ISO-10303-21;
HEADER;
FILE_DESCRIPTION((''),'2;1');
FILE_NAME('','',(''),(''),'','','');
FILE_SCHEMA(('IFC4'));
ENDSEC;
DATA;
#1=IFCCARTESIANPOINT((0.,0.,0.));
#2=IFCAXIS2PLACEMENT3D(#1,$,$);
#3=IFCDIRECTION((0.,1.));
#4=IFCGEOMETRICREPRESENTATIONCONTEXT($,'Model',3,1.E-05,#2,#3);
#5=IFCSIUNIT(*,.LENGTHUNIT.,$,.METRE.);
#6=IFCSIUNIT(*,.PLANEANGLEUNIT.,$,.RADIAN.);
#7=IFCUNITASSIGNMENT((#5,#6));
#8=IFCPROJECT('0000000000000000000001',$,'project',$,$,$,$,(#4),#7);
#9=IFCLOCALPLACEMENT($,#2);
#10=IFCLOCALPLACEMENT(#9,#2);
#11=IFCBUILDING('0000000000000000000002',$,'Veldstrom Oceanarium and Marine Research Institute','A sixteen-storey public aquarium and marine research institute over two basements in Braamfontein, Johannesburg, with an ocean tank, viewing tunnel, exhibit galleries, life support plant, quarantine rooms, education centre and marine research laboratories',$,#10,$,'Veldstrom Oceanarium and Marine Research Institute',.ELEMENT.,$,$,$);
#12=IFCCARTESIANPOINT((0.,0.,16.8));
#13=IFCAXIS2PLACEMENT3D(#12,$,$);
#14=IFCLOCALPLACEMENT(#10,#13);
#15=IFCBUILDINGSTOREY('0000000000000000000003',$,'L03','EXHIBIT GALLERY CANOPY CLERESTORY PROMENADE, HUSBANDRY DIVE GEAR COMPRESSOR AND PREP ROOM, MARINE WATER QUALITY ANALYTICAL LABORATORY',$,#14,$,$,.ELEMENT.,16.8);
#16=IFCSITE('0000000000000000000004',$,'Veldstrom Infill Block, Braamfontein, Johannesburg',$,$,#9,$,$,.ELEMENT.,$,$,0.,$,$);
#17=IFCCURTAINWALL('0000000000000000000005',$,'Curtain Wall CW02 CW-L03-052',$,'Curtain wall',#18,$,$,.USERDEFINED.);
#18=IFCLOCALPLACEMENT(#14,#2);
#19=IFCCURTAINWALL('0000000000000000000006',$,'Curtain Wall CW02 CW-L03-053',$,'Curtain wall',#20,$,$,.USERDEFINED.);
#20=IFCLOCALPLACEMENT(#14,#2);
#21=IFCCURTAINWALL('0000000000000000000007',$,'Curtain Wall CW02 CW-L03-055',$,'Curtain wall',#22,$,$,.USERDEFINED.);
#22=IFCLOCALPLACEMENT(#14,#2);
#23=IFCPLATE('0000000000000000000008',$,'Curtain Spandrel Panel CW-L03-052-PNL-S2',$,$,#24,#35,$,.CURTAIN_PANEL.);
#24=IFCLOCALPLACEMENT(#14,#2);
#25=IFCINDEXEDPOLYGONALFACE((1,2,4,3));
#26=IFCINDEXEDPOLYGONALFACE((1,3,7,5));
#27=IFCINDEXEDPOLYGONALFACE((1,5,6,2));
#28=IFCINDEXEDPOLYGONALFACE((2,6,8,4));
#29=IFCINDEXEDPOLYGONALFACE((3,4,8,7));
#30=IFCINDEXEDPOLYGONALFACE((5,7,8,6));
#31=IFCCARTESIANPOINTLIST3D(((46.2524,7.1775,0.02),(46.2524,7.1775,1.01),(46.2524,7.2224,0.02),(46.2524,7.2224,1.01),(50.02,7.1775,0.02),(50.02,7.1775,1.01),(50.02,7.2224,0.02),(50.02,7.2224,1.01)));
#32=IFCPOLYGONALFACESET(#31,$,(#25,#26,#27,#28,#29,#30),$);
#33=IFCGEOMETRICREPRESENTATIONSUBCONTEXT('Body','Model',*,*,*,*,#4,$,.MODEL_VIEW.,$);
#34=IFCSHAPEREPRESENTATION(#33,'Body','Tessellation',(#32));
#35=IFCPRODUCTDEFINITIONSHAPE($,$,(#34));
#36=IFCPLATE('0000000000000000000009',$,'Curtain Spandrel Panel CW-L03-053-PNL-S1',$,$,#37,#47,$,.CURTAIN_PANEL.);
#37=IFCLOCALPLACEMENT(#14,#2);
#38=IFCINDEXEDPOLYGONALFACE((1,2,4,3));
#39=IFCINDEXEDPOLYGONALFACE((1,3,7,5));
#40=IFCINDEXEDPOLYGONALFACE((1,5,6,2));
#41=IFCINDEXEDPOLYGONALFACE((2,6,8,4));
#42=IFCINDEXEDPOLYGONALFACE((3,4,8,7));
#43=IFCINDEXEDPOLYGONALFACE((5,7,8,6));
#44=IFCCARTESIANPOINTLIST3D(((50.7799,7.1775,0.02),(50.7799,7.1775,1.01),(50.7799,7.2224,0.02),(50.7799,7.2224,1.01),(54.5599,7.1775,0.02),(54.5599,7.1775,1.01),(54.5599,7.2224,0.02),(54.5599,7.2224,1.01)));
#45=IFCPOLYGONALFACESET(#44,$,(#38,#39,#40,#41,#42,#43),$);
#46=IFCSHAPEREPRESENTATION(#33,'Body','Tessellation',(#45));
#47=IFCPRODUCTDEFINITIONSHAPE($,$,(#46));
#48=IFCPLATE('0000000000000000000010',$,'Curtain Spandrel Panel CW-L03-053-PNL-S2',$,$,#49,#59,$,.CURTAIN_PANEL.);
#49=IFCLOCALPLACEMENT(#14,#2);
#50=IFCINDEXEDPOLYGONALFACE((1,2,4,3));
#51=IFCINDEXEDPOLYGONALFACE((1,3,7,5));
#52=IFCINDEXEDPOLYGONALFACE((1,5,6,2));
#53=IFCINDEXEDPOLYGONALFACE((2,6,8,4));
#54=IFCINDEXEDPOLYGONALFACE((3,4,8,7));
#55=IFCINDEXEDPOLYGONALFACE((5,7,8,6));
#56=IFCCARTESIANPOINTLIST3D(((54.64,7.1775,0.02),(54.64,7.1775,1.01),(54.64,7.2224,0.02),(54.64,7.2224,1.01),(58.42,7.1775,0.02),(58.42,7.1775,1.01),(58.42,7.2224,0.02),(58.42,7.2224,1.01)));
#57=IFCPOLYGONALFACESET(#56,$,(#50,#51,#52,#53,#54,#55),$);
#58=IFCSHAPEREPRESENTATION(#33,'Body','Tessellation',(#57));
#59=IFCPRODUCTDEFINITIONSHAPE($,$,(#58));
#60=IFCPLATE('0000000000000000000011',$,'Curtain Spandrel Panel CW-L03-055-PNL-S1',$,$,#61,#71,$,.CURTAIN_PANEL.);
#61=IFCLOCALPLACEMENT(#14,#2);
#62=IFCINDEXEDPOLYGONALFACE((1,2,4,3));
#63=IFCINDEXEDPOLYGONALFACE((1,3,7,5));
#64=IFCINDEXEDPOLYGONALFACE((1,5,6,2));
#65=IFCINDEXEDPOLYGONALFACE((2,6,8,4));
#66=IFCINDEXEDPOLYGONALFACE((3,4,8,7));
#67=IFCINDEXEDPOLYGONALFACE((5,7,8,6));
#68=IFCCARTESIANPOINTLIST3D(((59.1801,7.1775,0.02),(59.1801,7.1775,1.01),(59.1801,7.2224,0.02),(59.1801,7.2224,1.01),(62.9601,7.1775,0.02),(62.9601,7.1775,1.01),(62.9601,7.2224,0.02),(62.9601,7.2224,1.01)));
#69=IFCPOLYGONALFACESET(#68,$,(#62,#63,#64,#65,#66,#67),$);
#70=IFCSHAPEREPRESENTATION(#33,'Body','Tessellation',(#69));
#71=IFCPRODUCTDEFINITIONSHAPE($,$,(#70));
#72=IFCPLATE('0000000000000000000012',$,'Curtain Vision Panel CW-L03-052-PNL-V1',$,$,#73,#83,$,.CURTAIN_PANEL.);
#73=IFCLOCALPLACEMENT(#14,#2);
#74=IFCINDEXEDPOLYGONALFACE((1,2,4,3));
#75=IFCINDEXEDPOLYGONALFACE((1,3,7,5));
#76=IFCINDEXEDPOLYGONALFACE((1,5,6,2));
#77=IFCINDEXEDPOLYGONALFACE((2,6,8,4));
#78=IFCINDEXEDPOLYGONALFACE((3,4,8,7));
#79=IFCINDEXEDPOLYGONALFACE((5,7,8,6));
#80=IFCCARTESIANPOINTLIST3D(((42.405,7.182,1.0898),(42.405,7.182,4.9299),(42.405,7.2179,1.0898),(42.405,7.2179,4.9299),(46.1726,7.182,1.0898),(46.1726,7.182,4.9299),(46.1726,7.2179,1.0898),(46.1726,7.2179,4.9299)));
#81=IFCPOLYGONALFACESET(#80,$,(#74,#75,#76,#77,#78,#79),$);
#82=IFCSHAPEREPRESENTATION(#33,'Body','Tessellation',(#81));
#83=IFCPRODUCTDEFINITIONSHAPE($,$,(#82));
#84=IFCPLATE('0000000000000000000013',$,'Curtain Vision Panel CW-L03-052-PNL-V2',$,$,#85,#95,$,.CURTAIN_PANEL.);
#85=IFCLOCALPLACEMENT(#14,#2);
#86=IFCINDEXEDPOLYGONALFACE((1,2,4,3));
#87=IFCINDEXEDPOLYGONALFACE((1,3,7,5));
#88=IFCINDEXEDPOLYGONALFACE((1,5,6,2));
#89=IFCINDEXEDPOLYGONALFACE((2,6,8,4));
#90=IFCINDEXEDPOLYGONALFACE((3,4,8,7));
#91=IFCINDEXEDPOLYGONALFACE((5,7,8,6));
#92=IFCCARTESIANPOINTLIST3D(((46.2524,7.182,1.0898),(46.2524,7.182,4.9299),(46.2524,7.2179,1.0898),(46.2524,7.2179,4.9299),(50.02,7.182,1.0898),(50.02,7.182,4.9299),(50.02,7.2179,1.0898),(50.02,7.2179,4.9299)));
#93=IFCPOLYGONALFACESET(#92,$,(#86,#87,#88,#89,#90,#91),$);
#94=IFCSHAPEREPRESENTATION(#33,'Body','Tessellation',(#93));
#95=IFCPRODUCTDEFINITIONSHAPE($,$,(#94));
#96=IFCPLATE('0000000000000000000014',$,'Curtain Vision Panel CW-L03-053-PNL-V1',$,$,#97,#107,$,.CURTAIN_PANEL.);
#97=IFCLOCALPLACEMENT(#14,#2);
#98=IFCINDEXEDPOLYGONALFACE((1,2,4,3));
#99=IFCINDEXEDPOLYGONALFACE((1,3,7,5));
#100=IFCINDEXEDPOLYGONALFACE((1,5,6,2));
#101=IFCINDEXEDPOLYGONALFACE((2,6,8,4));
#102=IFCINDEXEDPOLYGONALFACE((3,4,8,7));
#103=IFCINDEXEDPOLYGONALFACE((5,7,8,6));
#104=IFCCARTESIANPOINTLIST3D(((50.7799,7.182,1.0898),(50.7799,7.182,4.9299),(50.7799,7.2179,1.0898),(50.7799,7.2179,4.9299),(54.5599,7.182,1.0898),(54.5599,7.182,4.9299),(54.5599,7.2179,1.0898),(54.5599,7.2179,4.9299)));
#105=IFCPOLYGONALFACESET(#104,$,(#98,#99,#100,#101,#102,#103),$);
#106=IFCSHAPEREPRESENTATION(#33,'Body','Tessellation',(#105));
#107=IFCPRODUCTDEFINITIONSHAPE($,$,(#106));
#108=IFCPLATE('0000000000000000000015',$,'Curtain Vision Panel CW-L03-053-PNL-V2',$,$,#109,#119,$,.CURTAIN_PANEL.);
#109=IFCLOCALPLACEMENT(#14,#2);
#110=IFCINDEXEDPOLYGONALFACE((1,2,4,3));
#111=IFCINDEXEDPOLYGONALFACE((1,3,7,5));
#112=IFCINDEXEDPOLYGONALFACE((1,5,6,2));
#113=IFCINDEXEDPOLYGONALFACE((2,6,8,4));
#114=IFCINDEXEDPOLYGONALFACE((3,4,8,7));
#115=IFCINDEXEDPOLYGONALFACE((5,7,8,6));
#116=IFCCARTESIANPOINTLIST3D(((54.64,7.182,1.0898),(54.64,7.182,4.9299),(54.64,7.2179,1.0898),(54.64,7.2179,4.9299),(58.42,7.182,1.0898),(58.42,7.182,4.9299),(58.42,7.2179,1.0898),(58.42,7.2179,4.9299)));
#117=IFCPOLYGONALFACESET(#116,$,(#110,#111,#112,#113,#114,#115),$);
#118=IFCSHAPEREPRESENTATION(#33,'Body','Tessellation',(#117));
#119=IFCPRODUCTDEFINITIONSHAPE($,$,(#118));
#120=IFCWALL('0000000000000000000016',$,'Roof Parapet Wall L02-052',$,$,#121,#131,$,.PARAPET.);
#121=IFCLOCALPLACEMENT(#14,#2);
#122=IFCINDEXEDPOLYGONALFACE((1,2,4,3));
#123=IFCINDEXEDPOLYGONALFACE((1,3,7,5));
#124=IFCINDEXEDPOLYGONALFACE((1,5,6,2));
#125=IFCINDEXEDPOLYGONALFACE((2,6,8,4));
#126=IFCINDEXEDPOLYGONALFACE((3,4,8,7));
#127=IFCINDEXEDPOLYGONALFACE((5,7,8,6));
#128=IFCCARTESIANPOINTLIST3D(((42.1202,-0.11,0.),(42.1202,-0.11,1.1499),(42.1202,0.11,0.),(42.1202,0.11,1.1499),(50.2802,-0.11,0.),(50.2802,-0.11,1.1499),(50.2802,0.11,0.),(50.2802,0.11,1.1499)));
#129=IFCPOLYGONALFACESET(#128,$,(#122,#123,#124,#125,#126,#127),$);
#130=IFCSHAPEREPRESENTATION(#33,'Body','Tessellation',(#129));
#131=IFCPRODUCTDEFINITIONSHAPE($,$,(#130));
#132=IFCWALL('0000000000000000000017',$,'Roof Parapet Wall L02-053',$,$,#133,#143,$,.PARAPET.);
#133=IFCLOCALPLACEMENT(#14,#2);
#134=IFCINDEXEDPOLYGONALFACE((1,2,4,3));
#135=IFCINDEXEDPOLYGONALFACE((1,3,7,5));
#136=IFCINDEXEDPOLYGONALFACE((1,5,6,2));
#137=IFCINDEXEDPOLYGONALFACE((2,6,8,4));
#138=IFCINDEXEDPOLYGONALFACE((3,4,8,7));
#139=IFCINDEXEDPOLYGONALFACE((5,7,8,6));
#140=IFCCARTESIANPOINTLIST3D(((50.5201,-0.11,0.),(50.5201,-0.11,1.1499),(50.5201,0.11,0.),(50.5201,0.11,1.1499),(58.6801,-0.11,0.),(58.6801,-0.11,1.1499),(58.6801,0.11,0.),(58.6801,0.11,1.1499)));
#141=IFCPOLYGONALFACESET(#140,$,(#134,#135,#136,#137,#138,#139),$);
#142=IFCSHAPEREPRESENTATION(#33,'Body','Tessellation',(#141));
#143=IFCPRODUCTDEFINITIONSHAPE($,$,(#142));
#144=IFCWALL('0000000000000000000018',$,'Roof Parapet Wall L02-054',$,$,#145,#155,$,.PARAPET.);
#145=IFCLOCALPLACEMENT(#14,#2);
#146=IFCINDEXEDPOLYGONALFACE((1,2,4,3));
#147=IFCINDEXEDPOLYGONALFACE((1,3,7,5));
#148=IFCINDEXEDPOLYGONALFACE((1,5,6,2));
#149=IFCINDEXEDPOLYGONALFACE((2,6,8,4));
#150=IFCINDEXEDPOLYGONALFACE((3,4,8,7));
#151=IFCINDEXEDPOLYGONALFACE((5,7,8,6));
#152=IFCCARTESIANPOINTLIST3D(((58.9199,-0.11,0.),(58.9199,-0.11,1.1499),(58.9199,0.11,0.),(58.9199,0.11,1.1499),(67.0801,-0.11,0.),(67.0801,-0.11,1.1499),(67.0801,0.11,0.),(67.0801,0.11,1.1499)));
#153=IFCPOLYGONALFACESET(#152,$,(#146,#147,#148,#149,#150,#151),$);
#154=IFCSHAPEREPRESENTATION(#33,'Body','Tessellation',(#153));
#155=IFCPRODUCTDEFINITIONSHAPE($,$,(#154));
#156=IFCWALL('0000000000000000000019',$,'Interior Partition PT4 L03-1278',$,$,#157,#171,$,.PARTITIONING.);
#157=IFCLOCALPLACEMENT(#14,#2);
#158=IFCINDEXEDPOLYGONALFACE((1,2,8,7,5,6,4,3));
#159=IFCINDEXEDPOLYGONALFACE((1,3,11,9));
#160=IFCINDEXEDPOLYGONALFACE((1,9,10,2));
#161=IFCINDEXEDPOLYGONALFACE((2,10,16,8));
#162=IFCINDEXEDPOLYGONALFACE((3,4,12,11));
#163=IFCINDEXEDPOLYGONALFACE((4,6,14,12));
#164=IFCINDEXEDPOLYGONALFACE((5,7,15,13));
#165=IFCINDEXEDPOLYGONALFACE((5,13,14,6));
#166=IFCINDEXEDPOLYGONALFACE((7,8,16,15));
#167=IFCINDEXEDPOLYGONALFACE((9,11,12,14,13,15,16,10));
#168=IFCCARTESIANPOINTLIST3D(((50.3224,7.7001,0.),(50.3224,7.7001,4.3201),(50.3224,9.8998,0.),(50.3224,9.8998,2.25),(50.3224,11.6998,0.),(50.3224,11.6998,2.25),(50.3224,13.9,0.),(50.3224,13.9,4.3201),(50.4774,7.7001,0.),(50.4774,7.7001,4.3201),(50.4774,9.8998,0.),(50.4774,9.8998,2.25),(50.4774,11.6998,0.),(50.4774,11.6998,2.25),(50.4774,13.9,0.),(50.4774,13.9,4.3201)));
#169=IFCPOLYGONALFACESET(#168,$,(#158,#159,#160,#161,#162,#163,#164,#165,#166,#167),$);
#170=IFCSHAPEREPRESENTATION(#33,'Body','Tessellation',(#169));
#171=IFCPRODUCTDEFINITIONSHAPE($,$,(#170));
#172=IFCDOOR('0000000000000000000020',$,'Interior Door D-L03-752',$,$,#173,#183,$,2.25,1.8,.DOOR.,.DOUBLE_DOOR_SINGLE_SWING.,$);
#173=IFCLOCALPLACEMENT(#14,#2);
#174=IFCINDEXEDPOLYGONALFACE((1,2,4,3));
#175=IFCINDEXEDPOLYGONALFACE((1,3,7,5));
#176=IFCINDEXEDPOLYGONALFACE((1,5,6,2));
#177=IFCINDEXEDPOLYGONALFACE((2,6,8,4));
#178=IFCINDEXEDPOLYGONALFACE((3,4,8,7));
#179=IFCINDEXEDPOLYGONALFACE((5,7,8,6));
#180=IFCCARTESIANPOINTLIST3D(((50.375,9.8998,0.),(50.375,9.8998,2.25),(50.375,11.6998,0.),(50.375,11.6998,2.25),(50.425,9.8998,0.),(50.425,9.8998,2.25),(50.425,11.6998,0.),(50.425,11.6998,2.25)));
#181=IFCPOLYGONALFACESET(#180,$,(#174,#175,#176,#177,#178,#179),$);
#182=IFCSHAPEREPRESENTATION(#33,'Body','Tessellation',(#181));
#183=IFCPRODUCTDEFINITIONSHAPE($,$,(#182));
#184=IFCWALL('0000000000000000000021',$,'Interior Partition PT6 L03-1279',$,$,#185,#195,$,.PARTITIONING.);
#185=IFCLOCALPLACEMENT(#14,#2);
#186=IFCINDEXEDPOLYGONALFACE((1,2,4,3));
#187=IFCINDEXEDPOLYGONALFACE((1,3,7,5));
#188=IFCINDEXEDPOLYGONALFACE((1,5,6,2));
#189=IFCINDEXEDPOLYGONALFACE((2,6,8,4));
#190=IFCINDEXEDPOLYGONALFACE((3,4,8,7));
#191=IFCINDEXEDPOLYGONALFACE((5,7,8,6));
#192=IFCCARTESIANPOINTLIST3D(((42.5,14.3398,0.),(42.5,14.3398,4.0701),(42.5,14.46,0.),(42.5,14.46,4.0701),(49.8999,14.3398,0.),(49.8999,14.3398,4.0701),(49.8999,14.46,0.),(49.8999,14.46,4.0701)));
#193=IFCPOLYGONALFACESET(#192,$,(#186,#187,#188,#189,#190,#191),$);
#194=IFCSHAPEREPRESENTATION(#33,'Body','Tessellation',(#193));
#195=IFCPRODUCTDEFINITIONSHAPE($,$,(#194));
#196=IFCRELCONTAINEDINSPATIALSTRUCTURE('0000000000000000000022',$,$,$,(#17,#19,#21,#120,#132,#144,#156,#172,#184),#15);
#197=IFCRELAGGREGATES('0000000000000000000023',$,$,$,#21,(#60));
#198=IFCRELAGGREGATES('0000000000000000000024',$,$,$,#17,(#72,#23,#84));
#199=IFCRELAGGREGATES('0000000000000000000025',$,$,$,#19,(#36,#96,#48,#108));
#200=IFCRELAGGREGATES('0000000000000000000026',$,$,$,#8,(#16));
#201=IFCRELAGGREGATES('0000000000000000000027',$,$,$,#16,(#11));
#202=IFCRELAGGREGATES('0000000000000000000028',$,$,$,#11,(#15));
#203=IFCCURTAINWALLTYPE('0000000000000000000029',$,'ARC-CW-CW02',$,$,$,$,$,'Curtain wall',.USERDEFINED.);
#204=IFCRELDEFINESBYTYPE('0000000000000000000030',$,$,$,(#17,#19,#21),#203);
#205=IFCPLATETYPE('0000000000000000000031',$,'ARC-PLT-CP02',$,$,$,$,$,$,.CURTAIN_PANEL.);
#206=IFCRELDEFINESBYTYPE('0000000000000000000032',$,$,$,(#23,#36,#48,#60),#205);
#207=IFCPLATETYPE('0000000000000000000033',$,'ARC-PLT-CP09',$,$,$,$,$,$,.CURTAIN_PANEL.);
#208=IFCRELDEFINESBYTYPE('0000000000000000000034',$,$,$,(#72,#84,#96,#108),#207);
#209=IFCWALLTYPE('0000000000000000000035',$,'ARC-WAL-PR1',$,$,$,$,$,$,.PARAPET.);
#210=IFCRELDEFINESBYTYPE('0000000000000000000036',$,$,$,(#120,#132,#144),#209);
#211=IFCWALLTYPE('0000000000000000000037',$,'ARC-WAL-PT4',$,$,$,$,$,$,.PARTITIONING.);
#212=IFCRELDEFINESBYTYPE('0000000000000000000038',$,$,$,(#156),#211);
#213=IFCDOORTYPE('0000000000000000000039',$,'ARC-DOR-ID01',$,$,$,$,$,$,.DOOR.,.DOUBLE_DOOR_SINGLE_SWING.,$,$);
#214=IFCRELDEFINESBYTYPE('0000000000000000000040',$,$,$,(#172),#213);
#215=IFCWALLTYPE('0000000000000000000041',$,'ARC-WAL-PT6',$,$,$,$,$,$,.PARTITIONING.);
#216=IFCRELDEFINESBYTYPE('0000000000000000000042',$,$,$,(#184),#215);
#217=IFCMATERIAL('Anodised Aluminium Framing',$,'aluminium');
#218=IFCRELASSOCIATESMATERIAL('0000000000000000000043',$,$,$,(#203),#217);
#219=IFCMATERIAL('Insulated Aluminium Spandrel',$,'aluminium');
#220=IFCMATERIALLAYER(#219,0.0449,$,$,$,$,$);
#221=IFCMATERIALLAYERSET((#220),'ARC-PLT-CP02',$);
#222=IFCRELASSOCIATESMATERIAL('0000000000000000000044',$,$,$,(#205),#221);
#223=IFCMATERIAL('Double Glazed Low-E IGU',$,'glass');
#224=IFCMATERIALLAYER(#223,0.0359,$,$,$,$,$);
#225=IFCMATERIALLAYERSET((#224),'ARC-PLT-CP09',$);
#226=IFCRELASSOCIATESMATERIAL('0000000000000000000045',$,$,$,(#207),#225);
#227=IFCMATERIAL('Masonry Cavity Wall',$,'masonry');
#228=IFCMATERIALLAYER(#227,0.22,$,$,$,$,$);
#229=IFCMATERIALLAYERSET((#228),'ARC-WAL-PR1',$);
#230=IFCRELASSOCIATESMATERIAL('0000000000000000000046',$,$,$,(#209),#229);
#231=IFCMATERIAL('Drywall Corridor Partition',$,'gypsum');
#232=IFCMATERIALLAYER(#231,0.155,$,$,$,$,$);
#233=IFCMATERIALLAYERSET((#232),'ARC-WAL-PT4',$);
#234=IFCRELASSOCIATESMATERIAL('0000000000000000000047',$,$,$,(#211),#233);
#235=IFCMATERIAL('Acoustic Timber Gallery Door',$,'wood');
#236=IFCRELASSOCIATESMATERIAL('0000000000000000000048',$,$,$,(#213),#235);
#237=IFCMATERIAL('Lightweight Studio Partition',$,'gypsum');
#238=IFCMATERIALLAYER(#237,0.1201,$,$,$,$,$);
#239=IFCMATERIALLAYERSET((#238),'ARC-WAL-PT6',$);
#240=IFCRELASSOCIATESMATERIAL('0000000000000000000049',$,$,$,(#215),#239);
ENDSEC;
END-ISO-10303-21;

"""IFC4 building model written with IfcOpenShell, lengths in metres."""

from ifc_helpers import new_model, si_unit, direction, frame, frame_2d, origin, origin_2d, place, context, subcontext, project, spatial, rectangle, extrude, material, layer, layer_set, type_object, element, fill, aggregate, save


model = new_model("IFC4")

# Units and contexts
model_context = context("Model", 3, precision=1e-05, world=origin(), true_north=direction((0.0, 1.0)))
body_context = subcontext(model_context, "Body", "Model", "MODEL_VIEW")
ifc_project = project(units=[si_unit("LENGTHUNIT", "METRE"), si_unit("PLANEANGLEUNIT", "RADIAN")], contexts=[model_context])

# Site, building, storey
site_placement = place(None, origin())
site = spatial("IfcSite", under=ifc_project, at=site_placement, Name="Veldstrom Infill Block, Braamfontein, Johannesburg", CompositionType="ELEMENT", RefElevation=0.0)
building_placement = place(site_placement, origin())
building = spatial("IfcBuilding", under=site, at=building_placement, Name="Veldstrom Oceanarium and Marine Research Institute", Description="A sixteen-storey public aquarium and marine research institute over two basements in Braamfontein, Johannesburg, with an ocean tank, viewing tunnel, exhibit galleries, life support plant, quarantine rooms, education centre and marine research laboratories", LongName="Veldstrom Oceanarium and Marine Research Institute", CompositionType="ELEMENT")
storey_placement = place(building_placement, frame((0.0, 0.0, 16.8)))
storey = spatial("IfcBuildingStorey", under=building, at=storey_placement, Name="L03", Description="EXHIBIT GALLERY CANOPY CLERESTORY PROMENADE, HUSBANDRY DIVE GEAR COMPRESSOR AND PREP ROOM, MARINE WATER QUALITY ANALYTICAL LABORATORY", CompositionType="ELEMENT", Elevation=16.8)

# Curtain walls
ifc_material_1 = material(Name="Anodised Aluminium Framing", Category="aluminium")
curtain_wall_type = type_object("IfcCurtainWallType", Name="ARC-CW-CW02", ElementType="Curtain wall", PredefinedType="USERDEFINED", material=ifc_material_1)
curtain_wall_1_placement = place(storey_placement, origin())
curtain_wall_1 = element("IfcCurtainWall", 1, at=curtain_wall_1_placement, inside=storey, type_object=curtain_wall_type, Name="Curtain Wall CW02 CW-L03-052", ObjectType="Curtain wall", PredefinedType="USERDEFINED")
curtain_wall_2_placement = place(storey_placement, origin())
curtain_wall_2 = element("IfcCurtainWall", 2, at=curtain_wall_2_placement, inside=storey, type_object=curtain_wall_type, Name="Curtain Wall CW02 CW-L03-053", ObjectType="Curtain wall", PredefinedType="USERDEFINED")

# Curtain wall
curtain_wall_3_placement = place(storey_placement, origin())
curtain_wall_3 = element("IfcCurtainWall", 3, at=curtain_wall_3_placement, inside=storey, type_object=curtain_wall_type, Name="Curtain Wall CW02 CW-L03-055", ObjectType="Curtain wall", PredefinedType="USERDEFINED")

# Plates
ifc_material_2 = material(Name="Insulated Aluminium Spandrel", Category="aluminium")
ifc_layer_1 = layer(ifc_material_2, 0.0449)
ifc_layer_set_1 = layer_set([ifc_layer_1], Name="ARC-PLT-CP02")
plate_type_1 = type_object("IfcPlateType", Name="ARC-PLT-CP02", PredefinedType="CURTAIN_PANEL", material=ifc_layer_set_1)
plate_1_placement = place(storey_placement, frame((48.1362, 7.2, 0.02), z_axis=(0.0, 0.0, 1.0), x_axis=(1.0, 0.0, 0.0)))
plate_1 = element("IfcPlate", 4, at=plate_1_placement, type_object=plate_type_1, Name="Curtain Spandrel Panel CW-L03-052-PNL-S2", PredefinedType="CURTAIN_PANEL", context=body_context, shape_type="SweptSolid", body=[
    extrude(rectangle(XDim=3.7676, YDim=0.0449, at=origin_2d()), origin(), (0.0, 0.0, 1.0), 0.99),
])
plate_2_placement = place(storey_placement, frame((52.6699, 7.2, 0.02), z_axis=(0.0, 0.0, 1.0), x_axis=(1.0, 0.0, 0.0)))
plate_2 = element("IfcPlate", 5, at=plate_2_placement, type_object=plate_type_1, Name="Curtain Spandrel Panel CW-L03-053-PNL-S1", PredefinedType="CURTAIN_PANEL", context=body_context, shape_type="SweptSolid", body=[
    extrude(rectangle(XDim=3.78, YDim=0.0449, at=origin_2d()), origin(), (0.0, 0.0, 1.0), 0.99),
])
plate_3_placement = place(storey_placement, frame((56.53, 7.2, 0.02), z_axis=(0.0, 0.0, 1.0), x_axis=(1.0, 0.0, 0.0)))
plate_3 = element("IfcPlate", 6, at=plate_3_placement, type_object=plate_type_1, Name="Curtain Spandrel Panel CW-L03-053-PNL-S2", PredefinedType="CURTAIN_PANEL", context=body_context, shape_type="SweptSolid", body=[
    extrude(rectangle(XDim=3.78, YDim=0.0449, at=origin_2d()), origin(), (0.0, 0.0, 1.0), 0.99),
])
plate_4_placement = place(storey_placement, frame((61.0701, 7.2, 0.02), z_axis=(0.0, 0.0, 1.0), x_axis=(1.0, 0.0, 0.0)))
plate_4 = element("IfcPlate", 7, at=plate_4_placement, type_object=plate_type_1, Name="Curtain Spandrel Panel CW-L03-055-PNL-S1", PredefinedType="CURTAIN_PANEL", context=body_context, shape_type="SweptSolid", body=[
    extrude(rectangle(XDim=3.78, YDim=0.0449, at=origin_2d()), origin(), (0.0, 0.0, 1.0), 0.99),
])
aggregate(curtain_wall_3, [plate_4])
ifc_material_3 = material(Name="Double Glazed Low-E IGU", Category="glass")
ifc_layer_2 = layer(ifc_material_3, 0.0359)
ifc_layer_set_2 = layer_set([ifc_layer_2], Name="ARC-PLT-CP09")
plate_type_2 = type_object("IfcPlateType", Name="ARC-PLT-CP09", PredefinedType="CURTAIN_PANEL", material=ifc_layer_set_2)
plate_5_placement = place(storey_placement, frame((44.2888, 7.2, 1.0898), z_axis=(0.0, 0.0, 1.0), x_axis=(1.0, 0.0, 0.0)))
plate_5 = element("IfcPlate", 8, at=plate_5_placement, type_object=plate_type_2, Name="Curtain Vision Panel CW-L03-052-PNL-V1", PredefinedType="CURTAIN_PANEL", context=body_context, shape_type="SweptSolid", body=[
    extrude(rectangle(XDim=3.7676, YDim=0.0359, at=origin_2d()), origin(), (0.0, 0.0, 1.0), 3.8401),
])
plate_6_placement = place(storey_placement, frame((48.1362, 7.2, 1.0898), z_axis=(0.0, 0.0, 1.0), x_axis=(1.0, 0.0, 0.0)))
plate_6 = element("IfcPlate", 9, at=plate_6_placement, type_object=plate_type_2, Name="Curtain Vision Panel CW-L03-052-PNL-V2", PredefinedType="CURTAIN_PANEL", context=body_context, shape_type="SweptSolid", body=[
    extrude(rectangle(XDim=3.7676, YDim=0.0359, at=origin_2d()), origin(), (0.0, 0.0, 1.0), 3.8401),
])
aggregate(curtain_wall_1, [plate_5, plate_1, plate_6])
plate_7_placement = place(storey_placement, frame((52.6699, 7.2, 1.0898), z_axis=(0.0, 0.0, 1.0), x_axis=(1.0, 0.0, 0.0)))
plate_7 = element("IfcPlate", 10, at=plate_7_placement, type_object=plate_type_2, Name="Curtain Vision Panel CW-L03-053-PNL-V1", PredefinedType="CURTAIN_PANEL", context=body_context, shape_type="SweptSolid", body=[
    extrude(rectangle(XDim=3.78, YDim=0.0359, at=origin_2d()), origin(), (0.0, 0.0, 1.0), 3.8401),
])
plate_8_placement = place(storey_placement, frame((56.53, 7.2, 1.0898), z_axis=(0.0, 0.0, 1.0), x_axis=(1.0, 0.0, 0.0)))
plate_8 = element("IfcPlate", 11, at=plate_8_placement, type_object=plate_type_2, Name="Curtain Vision Panel CW-L03-053-PNL-V2", PredefinedType="CURTAIN_PANEL", context=body_context, shape_type="SweptSolid", body=[
    extrude(rectangle(XDim=3.78, YDim=0.0359, at=origin_2d()), origin(), (0.0, 0.0, 1.0), 3.8401),
])
aggregate(curtain_wall_2, [plate_2, plate_7, plate_3, plate_8])

# Walls
ifc_material_4 = material(Name="Masonry Cavity Wall", Category="masonry")
ifc_layer_3 = layer(ifc_material_4, 0.22)
ifc_layer_set_3 = layer_set([ifc_layer_3], Name="ARC-WAL-PR1")
wall_type_1 = type_object("IfcWallType", Name="ARC-WAL-PR1", PredefinedType="PARAPET", material=ifc_layer_set_3)
for number, where, z_axis, x_axis, name in (
    (12, (42.1201, 0.0, 0.0), (0.0, 0.0, 1.0), (1.0, 0.0, 0.0), "Roof Parapet Wall L02-052"),
    (13, (50.52, 0.0, 0.0), (0.0, 0.0, 1.0), (1.0, 0.0, 0.0), "Roof Parapet Wall L02-053"),
):
    element("IfcWall", number, at=place(storey_placement, frame(where, z_axis=z_axis, x_axis=x_axis)), inside=storey, type_object=wall_type_1, Name=name, PredefinedType="PARAPET", context=body_context, shape_type="SweptSolid", body=[
        extrude(rectangle(XDim=8.1599, YDim=0.22, at=frame_2d((4.0801, 0.0))), origin(), (0.0, 0.0, 1.0), 1.1499),
    ])
wall_1_placement = place(storey_placement, frame((58.9199, 0.0, 0.0), z_axis=(0.0, 0.0, 1.0), x_axis=(1.0, 0.0, 0.0)))
element("IfcWall", 14, at=wall_1_placement, inside=storey, type_object=wall_type_1, Name="Roof Parapet Wall L02-054", PredefinedType="PARAPET", context=body_context, shape_type="SweptSolid", body=[
    extrude(rectangle(XDim=8.1602, YDim=0.22, at=frame_2d((4.0801, 0.0))), origin(), (0.0, 0.0, 1.0), 1.1499),
])

# Wall, opening, door
ifc_material_5 = material(Name="Drywall Corridor Partition", Category="gypsum")
ifc_layer_4 = layer(ifc_material_5, 0.155)
ifc_layer_set_4 = layer_set([ifc_layer_4], Name="ARC-WAL-PT4")
wall_type_2 = type_object("IfcWallType", Name="ARC-WAL-PT4", PredefinedType="PARTITIONING", material=ifc_layer_set_4)
wall_2_placement = place(storey_placement, frame((50.3999, 7.7, 0.0), z_axis=(0.0, 0.0, 1.0), x_axis=(0.0, 1.0, 0.0)))
wall_2 = element("IfcWall", 15, at=wall_2_placement, inside=storey, type_object=wall_type_2, Name="Interior Partition PT4 L03-1278", PredefinedType="PARTITIONING", context=body_context, shape_type="SweptSolid", body=[
    extrude(rectangle(XDim=6.2, YDim=0.155, at=frame_2d((3.1001, 0.0))), origin(), (0.0, 0.0, 1.0), 4.3201),
])
opening_placement = place(wall_2_placement, frame((2.2, 0.0, 0.0)))
opening = element("IfcOpeningElement", 16, at=opening_placement, cuts=wall_2, PredefinedType="OPENING", context=body_context, shape_type="SweptSolid", body=[
    extrude(rectangle(XDim=1.8, YDim=2.25, at=frame_2d((0.8999, 1.125))), frame((0.0, 0.0874, 0.0), z_axis=(0.0, -1.0, 0.0), x_axis=(1.0, 0.0, 0.0)), (0.0, 0.0, 1.0), 0.175),
])
ifc_material_6 = material(Name="Acoustic Timber Gallery Door", Category="wood")
door_type = type_object("IfcDoorType", Name="ARC-DOR-ID01", OperationType="DOUBLE_DOOR_SINGLE_SWING", PredefinedType="DOOR", material=ifc_material_6)
door_placement = place(opening_placement, origin())
door = element("IfcDoor", 17, at=door_placement, inside=storey, type_object=door_type, Name="Interior Door D-L03-752", OperationType="DOUBLE_DOOR_SINGLE_SWING", OverallHeight=2.25, OverallWidth=1.8, PredefinedType="DOOR", context=body_context, shape_type="SweptSolid", body=[
    extrude(rectangle(XDim=1.8, YDim=2.25, at=frame_2d((0.8999, 1.125))), frame((0.0, 0.0249, 0.0), z_axis=(0.0, -1.0, 0.0), x_axis=(1.0, 0.0, 0.0)), (0.0, 0.0, 1.0), 0.05),
])
fill(opening, door)

# Wall
ifc_material_7 = material(Name="Lightweight Studio Partition", Category="gypsum")
ifc_layer_5 = layer(ifc_material_7, 0.1201)
ifc_layer_set_5 = layer_set([ifc_layer_5], Name="ARC-WAL-PT6")
wall_type_3 = type_object("IfcWallType", Name="ARC-WAL-PT6", PredefinedType="PARTITIONING", material=ifc_layer_set_5)
wall_3_placement = place(storey_placement, frame((42.5, 14.3999, 0.0), z_axis=(0.0, 0.0, 1.0), x_axis=(1.0, 0.0, 0.0)))
element("IfcWall", 18, at=wall_3_placement, inside=storey, type_object=wall_type_3, Name="Interior Partition PT6 L03-1279", PredefinedType="PARTITIONING", context=body_context, shape_type="SweptSolid", body=[
    extrude(rectangle(XDim=7.3999, YDim=0.1201, at=frame_2d((3.7, 0.0))), origin(), (0.0, 0.0, 1.0), 4.0701),
])

save(model, "model.ifc")
